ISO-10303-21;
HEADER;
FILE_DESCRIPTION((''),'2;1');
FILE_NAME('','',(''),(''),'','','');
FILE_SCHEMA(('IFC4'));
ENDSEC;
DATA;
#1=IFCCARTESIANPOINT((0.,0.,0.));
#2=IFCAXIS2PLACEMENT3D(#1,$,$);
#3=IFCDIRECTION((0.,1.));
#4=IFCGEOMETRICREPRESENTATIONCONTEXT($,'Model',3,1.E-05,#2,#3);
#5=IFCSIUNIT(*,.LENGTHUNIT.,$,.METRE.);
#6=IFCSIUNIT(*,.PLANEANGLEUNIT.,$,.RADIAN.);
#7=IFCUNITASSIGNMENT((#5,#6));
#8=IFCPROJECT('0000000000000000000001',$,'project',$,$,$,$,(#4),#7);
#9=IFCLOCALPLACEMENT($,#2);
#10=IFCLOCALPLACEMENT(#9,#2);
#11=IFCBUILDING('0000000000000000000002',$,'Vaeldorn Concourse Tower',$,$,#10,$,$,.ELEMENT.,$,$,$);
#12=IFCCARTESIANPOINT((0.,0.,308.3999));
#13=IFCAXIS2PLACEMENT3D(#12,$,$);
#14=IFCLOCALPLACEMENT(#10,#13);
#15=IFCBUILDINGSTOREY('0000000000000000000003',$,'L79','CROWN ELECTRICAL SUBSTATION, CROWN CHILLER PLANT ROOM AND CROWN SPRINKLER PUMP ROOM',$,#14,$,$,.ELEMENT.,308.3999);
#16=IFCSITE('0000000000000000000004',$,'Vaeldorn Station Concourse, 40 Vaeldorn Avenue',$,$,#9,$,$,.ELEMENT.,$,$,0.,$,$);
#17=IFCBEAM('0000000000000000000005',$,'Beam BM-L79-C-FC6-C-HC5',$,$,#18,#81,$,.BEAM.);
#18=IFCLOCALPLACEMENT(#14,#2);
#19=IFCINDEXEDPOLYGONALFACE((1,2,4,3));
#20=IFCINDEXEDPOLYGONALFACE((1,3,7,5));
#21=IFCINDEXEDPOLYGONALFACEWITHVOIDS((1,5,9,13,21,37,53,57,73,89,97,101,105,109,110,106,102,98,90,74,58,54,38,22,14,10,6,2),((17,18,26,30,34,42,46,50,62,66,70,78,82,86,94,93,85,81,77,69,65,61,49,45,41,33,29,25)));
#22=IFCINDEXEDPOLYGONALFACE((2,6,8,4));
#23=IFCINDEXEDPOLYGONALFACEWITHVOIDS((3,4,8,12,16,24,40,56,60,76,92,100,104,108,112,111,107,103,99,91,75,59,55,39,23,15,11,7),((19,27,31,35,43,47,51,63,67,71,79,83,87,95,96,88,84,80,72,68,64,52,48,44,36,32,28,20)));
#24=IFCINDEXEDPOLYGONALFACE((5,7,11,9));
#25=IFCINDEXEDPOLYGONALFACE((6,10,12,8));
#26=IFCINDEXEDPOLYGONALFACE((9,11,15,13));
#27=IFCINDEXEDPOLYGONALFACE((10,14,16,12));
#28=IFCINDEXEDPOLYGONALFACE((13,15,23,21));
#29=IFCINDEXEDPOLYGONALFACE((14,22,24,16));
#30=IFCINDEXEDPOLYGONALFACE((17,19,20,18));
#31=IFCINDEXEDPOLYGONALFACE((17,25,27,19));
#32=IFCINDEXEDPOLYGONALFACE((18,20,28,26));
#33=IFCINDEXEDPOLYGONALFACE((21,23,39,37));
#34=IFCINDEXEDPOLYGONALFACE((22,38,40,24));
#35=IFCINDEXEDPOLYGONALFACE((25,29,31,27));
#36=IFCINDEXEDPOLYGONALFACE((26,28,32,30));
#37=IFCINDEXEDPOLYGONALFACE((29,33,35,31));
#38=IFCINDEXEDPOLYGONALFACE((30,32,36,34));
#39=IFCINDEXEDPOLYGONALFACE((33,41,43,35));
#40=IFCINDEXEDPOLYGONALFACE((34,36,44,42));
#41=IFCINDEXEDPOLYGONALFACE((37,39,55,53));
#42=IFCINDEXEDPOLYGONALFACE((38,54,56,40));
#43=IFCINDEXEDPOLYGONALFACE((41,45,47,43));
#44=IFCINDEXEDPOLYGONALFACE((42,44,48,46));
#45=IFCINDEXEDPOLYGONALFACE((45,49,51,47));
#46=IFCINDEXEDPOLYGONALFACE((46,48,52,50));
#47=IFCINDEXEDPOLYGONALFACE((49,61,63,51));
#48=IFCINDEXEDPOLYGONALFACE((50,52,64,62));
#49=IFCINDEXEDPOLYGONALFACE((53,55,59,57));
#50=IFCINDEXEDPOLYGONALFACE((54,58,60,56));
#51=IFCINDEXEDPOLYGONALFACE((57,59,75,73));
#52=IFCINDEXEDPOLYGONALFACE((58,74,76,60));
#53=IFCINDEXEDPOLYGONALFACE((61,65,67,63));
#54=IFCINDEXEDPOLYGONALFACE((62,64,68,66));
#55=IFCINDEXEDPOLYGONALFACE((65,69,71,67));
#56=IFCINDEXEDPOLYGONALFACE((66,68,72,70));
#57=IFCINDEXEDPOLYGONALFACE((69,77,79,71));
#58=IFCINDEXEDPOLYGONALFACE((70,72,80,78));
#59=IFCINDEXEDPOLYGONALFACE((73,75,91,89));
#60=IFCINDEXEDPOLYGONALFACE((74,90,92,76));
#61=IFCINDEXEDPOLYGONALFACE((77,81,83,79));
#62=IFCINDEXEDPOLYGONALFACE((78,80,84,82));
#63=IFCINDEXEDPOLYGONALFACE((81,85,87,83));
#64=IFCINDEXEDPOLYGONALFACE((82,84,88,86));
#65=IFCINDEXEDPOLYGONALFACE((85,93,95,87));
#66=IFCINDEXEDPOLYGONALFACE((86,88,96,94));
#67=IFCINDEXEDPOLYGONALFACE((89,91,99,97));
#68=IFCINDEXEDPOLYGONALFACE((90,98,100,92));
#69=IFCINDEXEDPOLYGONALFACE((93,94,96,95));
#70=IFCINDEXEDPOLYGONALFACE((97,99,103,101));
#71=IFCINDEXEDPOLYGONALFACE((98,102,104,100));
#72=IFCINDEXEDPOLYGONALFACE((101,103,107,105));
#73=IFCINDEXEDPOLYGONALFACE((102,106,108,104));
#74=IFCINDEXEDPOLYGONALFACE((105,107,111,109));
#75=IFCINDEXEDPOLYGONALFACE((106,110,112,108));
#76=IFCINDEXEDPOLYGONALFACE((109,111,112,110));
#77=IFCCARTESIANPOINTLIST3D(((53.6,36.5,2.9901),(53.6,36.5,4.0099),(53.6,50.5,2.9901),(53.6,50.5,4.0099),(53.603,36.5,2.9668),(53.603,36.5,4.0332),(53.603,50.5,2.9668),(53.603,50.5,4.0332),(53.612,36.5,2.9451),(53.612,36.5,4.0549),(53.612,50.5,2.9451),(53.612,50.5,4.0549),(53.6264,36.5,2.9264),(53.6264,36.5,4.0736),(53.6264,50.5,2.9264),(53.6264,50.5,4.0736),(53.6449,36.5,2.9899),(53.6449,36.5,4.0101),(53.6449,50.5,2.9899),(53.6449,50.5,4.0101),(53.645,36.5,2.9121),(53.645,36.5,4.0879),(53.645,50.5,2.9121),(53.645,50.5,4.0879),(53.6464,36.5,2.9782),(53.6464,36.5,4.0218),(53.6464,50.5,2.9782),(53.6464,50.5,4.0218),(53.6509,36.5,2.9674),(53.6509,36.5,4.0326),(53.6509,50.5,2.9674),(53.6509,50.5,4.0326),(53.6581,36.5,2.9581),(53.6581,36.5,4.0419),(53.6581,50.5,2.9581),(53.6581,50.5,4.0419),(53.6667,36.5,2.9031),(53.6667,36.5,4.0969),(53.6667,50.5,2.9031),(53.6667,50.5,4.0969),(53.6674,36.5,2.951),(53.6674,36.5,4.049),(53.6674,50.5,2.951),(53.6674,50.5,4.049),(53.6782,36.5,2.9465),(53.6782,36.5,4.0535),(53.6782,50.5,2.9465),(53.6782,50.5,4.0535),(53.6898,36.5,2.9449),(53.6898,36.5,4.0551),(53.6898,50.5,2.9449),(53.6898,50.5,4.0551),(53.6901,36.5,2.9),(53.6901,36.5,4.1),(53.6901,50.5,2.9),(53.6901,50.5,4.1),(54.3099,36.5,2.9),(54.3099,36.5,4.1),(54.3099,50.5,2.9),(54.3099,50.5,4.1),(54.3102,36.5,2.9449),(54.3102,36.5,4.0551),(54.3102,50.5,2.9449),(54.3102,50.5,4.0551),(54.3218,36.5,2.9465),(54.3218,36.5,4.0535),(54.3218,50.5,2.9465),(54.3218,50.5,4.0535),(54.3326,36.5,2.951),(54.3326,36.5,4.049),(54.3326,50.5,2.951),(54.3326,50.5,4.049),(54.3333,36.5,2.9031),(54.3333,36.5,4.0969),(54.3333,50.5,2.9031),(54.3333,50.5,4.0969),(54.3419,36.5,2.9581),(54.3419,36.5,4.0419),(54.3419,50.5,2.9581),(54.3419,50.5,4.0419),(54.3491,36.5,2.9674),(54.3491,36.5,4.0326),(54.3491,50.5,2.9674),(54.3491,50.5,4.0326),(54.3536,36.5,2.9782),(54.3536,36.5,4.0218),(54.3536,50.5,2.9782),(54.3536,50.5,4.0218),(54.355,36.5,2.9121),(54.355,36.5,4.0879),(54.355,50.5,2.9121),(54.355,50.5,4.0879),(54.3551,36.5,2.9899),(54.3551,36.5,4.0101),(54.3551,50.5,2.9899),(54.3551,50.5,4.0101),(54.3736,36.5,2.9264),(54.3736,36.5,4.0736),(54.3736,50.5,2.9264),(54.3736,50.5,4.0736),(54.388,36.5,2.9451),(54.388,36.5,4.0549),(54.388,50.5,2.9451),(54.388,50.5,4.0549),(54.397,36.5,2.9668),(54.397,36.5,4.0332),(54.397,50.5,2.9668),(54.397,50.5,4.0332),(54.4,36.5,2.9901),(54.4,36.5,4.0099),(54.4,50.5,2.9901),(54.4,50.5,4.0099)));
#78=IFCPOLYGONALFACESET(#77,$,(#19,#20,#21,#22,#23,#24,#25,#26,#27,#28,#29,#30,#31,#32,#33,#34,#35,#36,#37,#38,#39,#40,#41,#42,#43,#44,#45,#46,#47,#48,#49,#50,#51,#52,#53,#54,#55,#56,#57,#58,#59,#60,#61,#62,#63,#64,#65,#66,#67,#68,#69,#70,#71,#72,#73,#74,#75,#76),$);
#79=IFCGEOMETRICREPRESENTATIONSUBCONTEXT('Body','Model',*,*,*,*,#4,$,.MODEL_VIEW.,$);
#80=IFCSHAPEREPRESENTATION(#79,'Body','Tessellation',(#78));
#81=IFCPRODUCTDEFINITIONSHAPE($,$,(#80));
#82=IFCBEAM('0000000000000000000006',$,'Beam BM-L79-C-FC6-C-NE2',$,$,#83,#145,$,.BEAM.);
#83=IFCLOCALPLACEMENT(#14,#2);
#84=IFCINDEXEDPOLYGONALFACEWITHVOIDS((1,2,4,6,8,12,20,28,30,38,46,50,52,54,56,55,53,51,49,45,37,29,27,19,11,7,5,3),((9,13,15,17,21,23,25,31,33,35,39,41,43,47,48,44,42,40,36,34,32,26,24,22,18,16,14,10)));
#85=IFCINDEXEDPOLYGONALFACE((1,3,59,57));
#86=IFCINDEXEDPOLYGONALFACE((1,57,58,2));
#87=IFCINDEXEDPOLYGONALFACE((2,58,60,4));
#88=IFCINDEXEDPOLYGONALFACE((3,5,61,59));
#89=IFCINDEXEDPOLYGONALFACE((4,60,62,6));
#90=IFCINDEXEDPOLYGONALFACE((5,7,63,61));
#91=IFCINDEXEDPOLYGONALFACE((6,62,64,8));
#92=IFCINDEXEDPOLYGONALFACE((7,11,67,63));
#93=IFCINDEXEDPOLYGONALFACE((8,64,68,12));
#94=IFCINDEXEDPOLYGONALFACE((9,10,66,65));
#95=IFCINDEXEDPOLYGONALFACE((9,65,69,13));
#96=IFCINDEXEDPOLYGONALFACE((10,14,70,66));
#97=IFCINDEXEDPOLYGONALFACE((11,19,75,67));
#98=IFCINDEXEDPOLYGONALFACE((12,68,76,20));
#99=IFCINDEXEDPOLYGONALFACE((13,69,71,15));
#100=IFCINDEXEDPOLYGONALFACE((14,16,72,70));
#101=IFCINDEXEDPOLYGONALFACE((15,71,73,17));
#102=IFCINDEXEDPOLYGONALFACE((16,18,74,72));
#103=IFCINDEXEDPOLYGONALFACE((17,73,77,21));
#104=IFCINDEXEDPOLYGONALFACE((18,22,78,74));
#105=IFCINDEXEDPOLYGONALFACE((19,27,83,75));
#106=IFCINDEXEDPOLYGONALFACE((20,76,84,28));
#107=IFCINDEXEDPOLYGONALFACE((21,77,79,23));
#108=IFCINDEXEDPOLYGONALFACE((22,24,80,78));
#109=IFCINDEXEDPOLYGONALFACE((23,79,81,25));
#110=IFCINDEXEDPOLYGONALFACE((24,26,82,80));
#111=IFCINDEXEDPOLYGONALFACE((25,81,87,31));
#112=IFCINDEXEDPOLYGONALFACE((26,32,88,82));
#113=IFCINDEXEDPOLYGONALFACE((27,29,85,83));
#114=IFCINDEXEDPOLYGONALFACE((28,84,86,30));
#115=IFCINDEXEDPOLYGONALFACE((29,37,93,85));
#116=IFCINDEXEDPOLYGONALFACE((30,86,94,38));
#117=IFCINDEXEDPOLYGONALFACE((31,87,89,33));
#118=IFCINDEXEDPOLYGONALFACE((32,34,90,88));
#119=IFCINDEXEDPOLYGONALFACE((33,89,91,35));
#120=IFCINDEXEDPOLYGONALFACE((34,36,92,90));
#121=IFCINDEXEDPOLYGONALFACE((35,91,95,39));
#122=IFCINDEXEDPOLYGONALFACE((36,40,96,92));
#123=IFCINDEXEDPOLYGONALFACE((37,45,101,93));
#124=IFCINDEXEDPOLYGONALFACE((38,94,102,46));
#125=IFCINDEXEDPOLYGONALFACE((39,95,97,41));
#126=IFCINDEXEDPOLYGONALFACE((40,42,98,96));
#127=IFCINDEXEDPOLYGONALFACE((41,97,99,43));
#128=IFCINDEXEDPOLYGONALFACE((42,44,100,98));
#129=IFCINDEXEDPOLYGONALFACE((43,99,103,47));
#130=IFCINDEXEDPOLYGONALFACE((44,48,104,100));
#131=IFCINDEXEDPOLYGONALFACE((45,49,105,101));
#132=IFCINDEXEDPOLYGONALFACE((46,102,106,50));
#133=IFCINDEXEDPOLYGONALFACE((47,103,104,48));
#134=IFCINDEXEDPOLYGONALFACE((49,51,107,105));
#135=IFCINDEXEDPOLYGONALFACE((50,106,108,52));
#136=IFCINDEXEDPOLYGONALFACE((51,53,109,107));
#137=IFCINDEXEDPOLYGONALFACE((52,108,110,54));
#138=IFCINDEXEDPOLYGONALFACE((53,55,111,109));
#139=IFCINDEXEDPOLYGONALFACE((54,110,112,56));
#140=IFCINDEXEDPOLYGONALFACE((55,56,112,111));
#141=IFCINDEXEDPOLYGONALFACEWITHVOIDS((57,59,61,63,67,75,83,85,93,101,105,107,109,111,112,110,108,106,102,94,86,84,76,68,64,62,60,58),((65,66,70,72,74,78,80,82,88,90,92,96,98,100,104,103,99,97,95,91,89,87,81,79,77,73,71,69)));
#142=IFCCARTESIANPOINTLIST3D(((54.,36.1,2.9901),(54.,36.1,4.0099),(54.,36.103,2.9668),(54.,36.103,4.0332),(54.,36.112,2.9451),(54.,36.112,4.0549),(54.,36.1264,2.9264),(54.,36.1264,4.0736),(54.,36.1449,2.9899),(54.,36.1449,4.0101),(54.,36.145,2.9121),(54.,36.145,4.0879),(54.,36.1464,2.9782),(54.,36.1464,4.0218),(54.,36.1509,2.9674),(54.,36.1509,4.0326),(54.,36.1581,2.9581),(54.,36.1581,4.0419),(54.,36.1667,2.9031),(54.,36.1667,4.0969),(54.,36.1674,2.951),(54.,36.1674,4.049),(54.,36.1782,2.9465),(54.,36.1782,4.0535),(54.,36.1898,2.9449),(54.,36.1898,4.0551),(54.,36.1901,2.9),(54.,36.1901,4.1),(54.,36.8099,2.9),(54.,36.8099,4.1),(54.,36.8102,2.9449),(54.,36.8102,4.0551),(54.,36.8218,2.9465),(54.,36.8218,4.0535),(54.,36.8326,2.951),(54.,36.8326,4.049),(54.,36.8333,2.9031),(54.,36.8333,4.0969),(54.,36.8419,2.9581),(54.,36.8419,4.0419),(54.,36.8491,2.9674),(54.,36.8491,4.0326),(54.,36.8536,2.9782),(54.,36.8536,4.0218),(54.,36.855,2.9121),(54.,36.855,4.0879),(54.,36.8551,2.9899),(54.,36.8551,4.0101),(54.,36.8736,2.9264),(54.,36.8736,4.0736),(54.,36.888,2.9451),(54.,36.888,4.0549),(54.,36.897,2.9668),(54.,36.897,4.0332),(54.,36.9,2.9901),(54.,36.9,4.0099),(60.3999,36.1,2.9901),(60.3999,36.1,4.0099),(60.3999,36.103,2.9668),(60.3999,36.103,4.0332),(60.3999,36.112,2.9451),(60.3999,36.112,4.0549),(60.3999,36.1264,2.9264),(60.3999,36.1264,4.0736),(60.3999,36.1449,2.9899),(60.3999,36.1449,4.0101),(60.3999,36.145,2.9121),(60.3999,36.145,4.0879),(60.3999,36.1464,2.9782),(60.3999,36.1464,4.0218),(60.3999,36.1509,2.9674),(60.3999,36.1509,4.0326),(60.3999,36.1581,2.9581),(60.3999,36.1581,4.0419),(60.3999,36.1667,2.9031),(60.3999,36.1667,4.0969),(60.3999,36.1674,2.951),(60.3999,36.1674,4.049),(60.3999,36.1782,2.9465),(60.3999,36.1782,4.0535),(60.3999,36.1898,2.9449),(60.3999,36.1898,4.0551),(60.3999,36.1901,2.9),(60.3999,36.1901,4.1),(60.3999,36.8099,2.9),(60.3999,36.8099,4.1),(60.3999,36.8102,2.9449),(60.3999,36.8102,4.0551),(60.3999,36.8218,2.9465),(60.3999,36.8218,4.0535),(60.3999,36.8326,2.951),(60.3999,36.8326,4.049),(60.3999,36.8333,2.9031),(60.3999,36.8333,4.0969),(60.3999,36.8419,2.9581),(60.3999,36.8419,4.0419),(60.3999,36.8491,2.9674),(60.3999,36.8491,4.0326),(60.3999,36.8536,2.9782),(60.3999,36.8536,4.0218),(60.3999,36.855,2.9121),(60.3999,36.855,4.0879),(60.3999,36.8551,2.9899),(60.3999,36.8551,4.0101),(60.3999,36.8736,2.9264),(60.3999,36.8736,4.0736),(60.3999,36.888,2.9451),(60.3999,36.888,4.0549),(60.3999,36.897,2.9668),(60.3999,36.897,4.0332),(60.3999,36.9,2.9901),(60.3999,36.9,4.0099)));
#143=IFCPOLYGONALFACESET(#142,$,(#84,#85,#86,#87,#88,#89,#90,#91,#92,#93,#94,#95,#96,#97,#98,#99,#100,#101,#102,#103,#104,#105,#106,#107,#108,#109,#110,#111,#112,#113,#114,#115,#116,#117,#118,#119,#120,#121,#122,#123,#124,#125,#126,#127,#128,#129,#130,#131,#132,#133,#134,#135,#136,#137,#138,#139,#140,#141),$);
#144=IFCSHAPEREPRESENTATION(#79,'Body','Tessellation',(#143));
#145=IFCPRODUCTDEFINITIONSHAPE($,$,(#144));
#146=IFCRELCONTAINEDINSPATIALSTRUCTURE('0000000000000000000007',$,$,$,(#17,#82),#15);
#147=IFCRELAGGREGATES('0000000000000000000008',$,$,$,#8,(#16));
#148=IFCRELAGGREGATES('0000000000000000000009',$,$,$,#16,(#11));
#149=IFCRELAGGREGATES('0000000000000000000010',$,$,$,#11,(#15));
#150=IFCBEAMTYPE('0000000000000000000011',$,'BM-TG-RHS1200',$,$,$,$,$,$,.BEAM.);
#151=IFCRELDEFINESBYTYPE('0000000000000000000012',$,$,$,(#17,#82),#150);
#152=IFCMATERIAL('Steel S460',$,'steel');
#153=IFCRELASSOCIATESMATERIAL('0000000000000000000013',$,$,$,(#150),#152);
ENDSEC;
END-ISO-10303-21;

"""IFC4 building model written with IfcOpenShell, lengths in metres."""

from ifc_helpers import new_model, si_unit, direction, frame, origin, origin_2d, place, context, subcontext, project, spatial, hollow_rectangle, extrude, source, transform, mapped, material, material_profile, profile_set, type_object, element, save


model = new_model("IFC4")

# Units and contexts
model_context = context("Model", 3, precision=1e-05, world=origin(), true_north=direction((0.0, 1.0)))
body_context = subcontext(model_context, "Body", "Model", "MODEL_VIEW")
ifc_project = project(units=[si_unit("LENGTHUNIT", "METRE"), si_unit("PLANEANGLEUNIT", "RADIAN")], contexts=[model_context])

# Site, building, storey
site_placement = place(None, origin())
site = spatial("IfcSite", under=ifc_project, at=site_placement, Name="Vaeldorn Station Concourse, 40 Vaeldorn Avenue", CompositionType="ELEMENT", RefElevation=0.0)
building_placement = place(site_placement, origin())
building = spatial("IfcBuilding", under=site, at=building_placement, Name="Vaeldorn Concourse Tower", CompositionType="ELEMENT")
storey_placement = place(building_placement, frame((0.0, 0.0, 308.3999)))
storey = spatial("IfcBuildingStorey", under=building, at=storey_placement, Name="L79", Description="CROWN ELECTRICAL SUBSTATION, CROWN CHILLER PLANT ROOM AND CROWN SPRINKLER PUMP ROOM", CompositionType="ELEMENT", Elevation=308.3999)

# Beams
ifc_material_1 = material(Name="Steel S460", Category="steel")
ifc_material_profile_1 = material_profile(ifc_material_1, hollow_rectangle(XDim=0.8, YDim=1.2, WallThickness=0.0449, InnerFilletRadius=0.0449, OuterFilletRadius=0.0901, at=origin_2d()), Name="RHS 1200x800x45")
ifc_profile_set_1 = profile_set([ifc_material_profile_1], Name="Steel S460")
beam_type = type_object("IfcBeamType", Name="BM-TG-RHS1200", PredefinedType="BEAM", material=ifc_profile_set_1)
shared_shape_1 = source(origin(), body_context, "Body", "SweptSolid", [
    extrude(hollow_rectangle(XDim=0.8, YDim=1.2, WallThickness=0.0449, InnerFilletRadius=0.0449, OuterFilletRadius=0.0901, at=origin_2d()), origin(), (0.0, 0.0, 1.0), 14.0),
])
beam_1_placement = place(storey_placement, frame((54.0, 36.5, 3.5), z_axis=(0.0, 1.0, 0.0), x_axis=(-1.0, 0.0, 0.0)))
element("IfcBeam", 1, at=beam_1_placement, inside=storey, type_object=beam_type, Name="Beam BM-L79-C-FC6-C-HC5", PredefinedType="BEAM", context=body_context, shape_type="MappedRepresentation", body=[
    mapped(shared_shape_1, transform((0.0, 0.0, 0.0), scale=1.0)),
])
shared_shape_2 = source(origin(), body_context, "Body", "SweptSolid", [
    extrude(hollow_rectangle(XDim=0.8, YDim=1.2, WallThickness=0.0449, InnerFilletRadius=0.0449, OuterFilletRadius=0.0901, at=origin_2d()), origin(), (0.0, 0.0, 1.0), 6.3999),
])
beam_2_placement = place(storey_placement, frame((54.0, 36.5, 3.5), z_axis=(1.0, 0.0, 0.0), x_axis=(0.0, 1.0, 0.0)))
element("IfcBeam", 2, at=beam_2_placement, inside=storey, type_object=beam_type, Name="Beam BM-L79-C-FC6-C-NE2", PredefinedType="BEAM", context=body_context, shape_type="MappedRepresentation", body=[
    mapped(shared_shape_2, transform((0.0, 0.0, 0.0), scale=1.0)),
])

save(model, "model.ifc")
